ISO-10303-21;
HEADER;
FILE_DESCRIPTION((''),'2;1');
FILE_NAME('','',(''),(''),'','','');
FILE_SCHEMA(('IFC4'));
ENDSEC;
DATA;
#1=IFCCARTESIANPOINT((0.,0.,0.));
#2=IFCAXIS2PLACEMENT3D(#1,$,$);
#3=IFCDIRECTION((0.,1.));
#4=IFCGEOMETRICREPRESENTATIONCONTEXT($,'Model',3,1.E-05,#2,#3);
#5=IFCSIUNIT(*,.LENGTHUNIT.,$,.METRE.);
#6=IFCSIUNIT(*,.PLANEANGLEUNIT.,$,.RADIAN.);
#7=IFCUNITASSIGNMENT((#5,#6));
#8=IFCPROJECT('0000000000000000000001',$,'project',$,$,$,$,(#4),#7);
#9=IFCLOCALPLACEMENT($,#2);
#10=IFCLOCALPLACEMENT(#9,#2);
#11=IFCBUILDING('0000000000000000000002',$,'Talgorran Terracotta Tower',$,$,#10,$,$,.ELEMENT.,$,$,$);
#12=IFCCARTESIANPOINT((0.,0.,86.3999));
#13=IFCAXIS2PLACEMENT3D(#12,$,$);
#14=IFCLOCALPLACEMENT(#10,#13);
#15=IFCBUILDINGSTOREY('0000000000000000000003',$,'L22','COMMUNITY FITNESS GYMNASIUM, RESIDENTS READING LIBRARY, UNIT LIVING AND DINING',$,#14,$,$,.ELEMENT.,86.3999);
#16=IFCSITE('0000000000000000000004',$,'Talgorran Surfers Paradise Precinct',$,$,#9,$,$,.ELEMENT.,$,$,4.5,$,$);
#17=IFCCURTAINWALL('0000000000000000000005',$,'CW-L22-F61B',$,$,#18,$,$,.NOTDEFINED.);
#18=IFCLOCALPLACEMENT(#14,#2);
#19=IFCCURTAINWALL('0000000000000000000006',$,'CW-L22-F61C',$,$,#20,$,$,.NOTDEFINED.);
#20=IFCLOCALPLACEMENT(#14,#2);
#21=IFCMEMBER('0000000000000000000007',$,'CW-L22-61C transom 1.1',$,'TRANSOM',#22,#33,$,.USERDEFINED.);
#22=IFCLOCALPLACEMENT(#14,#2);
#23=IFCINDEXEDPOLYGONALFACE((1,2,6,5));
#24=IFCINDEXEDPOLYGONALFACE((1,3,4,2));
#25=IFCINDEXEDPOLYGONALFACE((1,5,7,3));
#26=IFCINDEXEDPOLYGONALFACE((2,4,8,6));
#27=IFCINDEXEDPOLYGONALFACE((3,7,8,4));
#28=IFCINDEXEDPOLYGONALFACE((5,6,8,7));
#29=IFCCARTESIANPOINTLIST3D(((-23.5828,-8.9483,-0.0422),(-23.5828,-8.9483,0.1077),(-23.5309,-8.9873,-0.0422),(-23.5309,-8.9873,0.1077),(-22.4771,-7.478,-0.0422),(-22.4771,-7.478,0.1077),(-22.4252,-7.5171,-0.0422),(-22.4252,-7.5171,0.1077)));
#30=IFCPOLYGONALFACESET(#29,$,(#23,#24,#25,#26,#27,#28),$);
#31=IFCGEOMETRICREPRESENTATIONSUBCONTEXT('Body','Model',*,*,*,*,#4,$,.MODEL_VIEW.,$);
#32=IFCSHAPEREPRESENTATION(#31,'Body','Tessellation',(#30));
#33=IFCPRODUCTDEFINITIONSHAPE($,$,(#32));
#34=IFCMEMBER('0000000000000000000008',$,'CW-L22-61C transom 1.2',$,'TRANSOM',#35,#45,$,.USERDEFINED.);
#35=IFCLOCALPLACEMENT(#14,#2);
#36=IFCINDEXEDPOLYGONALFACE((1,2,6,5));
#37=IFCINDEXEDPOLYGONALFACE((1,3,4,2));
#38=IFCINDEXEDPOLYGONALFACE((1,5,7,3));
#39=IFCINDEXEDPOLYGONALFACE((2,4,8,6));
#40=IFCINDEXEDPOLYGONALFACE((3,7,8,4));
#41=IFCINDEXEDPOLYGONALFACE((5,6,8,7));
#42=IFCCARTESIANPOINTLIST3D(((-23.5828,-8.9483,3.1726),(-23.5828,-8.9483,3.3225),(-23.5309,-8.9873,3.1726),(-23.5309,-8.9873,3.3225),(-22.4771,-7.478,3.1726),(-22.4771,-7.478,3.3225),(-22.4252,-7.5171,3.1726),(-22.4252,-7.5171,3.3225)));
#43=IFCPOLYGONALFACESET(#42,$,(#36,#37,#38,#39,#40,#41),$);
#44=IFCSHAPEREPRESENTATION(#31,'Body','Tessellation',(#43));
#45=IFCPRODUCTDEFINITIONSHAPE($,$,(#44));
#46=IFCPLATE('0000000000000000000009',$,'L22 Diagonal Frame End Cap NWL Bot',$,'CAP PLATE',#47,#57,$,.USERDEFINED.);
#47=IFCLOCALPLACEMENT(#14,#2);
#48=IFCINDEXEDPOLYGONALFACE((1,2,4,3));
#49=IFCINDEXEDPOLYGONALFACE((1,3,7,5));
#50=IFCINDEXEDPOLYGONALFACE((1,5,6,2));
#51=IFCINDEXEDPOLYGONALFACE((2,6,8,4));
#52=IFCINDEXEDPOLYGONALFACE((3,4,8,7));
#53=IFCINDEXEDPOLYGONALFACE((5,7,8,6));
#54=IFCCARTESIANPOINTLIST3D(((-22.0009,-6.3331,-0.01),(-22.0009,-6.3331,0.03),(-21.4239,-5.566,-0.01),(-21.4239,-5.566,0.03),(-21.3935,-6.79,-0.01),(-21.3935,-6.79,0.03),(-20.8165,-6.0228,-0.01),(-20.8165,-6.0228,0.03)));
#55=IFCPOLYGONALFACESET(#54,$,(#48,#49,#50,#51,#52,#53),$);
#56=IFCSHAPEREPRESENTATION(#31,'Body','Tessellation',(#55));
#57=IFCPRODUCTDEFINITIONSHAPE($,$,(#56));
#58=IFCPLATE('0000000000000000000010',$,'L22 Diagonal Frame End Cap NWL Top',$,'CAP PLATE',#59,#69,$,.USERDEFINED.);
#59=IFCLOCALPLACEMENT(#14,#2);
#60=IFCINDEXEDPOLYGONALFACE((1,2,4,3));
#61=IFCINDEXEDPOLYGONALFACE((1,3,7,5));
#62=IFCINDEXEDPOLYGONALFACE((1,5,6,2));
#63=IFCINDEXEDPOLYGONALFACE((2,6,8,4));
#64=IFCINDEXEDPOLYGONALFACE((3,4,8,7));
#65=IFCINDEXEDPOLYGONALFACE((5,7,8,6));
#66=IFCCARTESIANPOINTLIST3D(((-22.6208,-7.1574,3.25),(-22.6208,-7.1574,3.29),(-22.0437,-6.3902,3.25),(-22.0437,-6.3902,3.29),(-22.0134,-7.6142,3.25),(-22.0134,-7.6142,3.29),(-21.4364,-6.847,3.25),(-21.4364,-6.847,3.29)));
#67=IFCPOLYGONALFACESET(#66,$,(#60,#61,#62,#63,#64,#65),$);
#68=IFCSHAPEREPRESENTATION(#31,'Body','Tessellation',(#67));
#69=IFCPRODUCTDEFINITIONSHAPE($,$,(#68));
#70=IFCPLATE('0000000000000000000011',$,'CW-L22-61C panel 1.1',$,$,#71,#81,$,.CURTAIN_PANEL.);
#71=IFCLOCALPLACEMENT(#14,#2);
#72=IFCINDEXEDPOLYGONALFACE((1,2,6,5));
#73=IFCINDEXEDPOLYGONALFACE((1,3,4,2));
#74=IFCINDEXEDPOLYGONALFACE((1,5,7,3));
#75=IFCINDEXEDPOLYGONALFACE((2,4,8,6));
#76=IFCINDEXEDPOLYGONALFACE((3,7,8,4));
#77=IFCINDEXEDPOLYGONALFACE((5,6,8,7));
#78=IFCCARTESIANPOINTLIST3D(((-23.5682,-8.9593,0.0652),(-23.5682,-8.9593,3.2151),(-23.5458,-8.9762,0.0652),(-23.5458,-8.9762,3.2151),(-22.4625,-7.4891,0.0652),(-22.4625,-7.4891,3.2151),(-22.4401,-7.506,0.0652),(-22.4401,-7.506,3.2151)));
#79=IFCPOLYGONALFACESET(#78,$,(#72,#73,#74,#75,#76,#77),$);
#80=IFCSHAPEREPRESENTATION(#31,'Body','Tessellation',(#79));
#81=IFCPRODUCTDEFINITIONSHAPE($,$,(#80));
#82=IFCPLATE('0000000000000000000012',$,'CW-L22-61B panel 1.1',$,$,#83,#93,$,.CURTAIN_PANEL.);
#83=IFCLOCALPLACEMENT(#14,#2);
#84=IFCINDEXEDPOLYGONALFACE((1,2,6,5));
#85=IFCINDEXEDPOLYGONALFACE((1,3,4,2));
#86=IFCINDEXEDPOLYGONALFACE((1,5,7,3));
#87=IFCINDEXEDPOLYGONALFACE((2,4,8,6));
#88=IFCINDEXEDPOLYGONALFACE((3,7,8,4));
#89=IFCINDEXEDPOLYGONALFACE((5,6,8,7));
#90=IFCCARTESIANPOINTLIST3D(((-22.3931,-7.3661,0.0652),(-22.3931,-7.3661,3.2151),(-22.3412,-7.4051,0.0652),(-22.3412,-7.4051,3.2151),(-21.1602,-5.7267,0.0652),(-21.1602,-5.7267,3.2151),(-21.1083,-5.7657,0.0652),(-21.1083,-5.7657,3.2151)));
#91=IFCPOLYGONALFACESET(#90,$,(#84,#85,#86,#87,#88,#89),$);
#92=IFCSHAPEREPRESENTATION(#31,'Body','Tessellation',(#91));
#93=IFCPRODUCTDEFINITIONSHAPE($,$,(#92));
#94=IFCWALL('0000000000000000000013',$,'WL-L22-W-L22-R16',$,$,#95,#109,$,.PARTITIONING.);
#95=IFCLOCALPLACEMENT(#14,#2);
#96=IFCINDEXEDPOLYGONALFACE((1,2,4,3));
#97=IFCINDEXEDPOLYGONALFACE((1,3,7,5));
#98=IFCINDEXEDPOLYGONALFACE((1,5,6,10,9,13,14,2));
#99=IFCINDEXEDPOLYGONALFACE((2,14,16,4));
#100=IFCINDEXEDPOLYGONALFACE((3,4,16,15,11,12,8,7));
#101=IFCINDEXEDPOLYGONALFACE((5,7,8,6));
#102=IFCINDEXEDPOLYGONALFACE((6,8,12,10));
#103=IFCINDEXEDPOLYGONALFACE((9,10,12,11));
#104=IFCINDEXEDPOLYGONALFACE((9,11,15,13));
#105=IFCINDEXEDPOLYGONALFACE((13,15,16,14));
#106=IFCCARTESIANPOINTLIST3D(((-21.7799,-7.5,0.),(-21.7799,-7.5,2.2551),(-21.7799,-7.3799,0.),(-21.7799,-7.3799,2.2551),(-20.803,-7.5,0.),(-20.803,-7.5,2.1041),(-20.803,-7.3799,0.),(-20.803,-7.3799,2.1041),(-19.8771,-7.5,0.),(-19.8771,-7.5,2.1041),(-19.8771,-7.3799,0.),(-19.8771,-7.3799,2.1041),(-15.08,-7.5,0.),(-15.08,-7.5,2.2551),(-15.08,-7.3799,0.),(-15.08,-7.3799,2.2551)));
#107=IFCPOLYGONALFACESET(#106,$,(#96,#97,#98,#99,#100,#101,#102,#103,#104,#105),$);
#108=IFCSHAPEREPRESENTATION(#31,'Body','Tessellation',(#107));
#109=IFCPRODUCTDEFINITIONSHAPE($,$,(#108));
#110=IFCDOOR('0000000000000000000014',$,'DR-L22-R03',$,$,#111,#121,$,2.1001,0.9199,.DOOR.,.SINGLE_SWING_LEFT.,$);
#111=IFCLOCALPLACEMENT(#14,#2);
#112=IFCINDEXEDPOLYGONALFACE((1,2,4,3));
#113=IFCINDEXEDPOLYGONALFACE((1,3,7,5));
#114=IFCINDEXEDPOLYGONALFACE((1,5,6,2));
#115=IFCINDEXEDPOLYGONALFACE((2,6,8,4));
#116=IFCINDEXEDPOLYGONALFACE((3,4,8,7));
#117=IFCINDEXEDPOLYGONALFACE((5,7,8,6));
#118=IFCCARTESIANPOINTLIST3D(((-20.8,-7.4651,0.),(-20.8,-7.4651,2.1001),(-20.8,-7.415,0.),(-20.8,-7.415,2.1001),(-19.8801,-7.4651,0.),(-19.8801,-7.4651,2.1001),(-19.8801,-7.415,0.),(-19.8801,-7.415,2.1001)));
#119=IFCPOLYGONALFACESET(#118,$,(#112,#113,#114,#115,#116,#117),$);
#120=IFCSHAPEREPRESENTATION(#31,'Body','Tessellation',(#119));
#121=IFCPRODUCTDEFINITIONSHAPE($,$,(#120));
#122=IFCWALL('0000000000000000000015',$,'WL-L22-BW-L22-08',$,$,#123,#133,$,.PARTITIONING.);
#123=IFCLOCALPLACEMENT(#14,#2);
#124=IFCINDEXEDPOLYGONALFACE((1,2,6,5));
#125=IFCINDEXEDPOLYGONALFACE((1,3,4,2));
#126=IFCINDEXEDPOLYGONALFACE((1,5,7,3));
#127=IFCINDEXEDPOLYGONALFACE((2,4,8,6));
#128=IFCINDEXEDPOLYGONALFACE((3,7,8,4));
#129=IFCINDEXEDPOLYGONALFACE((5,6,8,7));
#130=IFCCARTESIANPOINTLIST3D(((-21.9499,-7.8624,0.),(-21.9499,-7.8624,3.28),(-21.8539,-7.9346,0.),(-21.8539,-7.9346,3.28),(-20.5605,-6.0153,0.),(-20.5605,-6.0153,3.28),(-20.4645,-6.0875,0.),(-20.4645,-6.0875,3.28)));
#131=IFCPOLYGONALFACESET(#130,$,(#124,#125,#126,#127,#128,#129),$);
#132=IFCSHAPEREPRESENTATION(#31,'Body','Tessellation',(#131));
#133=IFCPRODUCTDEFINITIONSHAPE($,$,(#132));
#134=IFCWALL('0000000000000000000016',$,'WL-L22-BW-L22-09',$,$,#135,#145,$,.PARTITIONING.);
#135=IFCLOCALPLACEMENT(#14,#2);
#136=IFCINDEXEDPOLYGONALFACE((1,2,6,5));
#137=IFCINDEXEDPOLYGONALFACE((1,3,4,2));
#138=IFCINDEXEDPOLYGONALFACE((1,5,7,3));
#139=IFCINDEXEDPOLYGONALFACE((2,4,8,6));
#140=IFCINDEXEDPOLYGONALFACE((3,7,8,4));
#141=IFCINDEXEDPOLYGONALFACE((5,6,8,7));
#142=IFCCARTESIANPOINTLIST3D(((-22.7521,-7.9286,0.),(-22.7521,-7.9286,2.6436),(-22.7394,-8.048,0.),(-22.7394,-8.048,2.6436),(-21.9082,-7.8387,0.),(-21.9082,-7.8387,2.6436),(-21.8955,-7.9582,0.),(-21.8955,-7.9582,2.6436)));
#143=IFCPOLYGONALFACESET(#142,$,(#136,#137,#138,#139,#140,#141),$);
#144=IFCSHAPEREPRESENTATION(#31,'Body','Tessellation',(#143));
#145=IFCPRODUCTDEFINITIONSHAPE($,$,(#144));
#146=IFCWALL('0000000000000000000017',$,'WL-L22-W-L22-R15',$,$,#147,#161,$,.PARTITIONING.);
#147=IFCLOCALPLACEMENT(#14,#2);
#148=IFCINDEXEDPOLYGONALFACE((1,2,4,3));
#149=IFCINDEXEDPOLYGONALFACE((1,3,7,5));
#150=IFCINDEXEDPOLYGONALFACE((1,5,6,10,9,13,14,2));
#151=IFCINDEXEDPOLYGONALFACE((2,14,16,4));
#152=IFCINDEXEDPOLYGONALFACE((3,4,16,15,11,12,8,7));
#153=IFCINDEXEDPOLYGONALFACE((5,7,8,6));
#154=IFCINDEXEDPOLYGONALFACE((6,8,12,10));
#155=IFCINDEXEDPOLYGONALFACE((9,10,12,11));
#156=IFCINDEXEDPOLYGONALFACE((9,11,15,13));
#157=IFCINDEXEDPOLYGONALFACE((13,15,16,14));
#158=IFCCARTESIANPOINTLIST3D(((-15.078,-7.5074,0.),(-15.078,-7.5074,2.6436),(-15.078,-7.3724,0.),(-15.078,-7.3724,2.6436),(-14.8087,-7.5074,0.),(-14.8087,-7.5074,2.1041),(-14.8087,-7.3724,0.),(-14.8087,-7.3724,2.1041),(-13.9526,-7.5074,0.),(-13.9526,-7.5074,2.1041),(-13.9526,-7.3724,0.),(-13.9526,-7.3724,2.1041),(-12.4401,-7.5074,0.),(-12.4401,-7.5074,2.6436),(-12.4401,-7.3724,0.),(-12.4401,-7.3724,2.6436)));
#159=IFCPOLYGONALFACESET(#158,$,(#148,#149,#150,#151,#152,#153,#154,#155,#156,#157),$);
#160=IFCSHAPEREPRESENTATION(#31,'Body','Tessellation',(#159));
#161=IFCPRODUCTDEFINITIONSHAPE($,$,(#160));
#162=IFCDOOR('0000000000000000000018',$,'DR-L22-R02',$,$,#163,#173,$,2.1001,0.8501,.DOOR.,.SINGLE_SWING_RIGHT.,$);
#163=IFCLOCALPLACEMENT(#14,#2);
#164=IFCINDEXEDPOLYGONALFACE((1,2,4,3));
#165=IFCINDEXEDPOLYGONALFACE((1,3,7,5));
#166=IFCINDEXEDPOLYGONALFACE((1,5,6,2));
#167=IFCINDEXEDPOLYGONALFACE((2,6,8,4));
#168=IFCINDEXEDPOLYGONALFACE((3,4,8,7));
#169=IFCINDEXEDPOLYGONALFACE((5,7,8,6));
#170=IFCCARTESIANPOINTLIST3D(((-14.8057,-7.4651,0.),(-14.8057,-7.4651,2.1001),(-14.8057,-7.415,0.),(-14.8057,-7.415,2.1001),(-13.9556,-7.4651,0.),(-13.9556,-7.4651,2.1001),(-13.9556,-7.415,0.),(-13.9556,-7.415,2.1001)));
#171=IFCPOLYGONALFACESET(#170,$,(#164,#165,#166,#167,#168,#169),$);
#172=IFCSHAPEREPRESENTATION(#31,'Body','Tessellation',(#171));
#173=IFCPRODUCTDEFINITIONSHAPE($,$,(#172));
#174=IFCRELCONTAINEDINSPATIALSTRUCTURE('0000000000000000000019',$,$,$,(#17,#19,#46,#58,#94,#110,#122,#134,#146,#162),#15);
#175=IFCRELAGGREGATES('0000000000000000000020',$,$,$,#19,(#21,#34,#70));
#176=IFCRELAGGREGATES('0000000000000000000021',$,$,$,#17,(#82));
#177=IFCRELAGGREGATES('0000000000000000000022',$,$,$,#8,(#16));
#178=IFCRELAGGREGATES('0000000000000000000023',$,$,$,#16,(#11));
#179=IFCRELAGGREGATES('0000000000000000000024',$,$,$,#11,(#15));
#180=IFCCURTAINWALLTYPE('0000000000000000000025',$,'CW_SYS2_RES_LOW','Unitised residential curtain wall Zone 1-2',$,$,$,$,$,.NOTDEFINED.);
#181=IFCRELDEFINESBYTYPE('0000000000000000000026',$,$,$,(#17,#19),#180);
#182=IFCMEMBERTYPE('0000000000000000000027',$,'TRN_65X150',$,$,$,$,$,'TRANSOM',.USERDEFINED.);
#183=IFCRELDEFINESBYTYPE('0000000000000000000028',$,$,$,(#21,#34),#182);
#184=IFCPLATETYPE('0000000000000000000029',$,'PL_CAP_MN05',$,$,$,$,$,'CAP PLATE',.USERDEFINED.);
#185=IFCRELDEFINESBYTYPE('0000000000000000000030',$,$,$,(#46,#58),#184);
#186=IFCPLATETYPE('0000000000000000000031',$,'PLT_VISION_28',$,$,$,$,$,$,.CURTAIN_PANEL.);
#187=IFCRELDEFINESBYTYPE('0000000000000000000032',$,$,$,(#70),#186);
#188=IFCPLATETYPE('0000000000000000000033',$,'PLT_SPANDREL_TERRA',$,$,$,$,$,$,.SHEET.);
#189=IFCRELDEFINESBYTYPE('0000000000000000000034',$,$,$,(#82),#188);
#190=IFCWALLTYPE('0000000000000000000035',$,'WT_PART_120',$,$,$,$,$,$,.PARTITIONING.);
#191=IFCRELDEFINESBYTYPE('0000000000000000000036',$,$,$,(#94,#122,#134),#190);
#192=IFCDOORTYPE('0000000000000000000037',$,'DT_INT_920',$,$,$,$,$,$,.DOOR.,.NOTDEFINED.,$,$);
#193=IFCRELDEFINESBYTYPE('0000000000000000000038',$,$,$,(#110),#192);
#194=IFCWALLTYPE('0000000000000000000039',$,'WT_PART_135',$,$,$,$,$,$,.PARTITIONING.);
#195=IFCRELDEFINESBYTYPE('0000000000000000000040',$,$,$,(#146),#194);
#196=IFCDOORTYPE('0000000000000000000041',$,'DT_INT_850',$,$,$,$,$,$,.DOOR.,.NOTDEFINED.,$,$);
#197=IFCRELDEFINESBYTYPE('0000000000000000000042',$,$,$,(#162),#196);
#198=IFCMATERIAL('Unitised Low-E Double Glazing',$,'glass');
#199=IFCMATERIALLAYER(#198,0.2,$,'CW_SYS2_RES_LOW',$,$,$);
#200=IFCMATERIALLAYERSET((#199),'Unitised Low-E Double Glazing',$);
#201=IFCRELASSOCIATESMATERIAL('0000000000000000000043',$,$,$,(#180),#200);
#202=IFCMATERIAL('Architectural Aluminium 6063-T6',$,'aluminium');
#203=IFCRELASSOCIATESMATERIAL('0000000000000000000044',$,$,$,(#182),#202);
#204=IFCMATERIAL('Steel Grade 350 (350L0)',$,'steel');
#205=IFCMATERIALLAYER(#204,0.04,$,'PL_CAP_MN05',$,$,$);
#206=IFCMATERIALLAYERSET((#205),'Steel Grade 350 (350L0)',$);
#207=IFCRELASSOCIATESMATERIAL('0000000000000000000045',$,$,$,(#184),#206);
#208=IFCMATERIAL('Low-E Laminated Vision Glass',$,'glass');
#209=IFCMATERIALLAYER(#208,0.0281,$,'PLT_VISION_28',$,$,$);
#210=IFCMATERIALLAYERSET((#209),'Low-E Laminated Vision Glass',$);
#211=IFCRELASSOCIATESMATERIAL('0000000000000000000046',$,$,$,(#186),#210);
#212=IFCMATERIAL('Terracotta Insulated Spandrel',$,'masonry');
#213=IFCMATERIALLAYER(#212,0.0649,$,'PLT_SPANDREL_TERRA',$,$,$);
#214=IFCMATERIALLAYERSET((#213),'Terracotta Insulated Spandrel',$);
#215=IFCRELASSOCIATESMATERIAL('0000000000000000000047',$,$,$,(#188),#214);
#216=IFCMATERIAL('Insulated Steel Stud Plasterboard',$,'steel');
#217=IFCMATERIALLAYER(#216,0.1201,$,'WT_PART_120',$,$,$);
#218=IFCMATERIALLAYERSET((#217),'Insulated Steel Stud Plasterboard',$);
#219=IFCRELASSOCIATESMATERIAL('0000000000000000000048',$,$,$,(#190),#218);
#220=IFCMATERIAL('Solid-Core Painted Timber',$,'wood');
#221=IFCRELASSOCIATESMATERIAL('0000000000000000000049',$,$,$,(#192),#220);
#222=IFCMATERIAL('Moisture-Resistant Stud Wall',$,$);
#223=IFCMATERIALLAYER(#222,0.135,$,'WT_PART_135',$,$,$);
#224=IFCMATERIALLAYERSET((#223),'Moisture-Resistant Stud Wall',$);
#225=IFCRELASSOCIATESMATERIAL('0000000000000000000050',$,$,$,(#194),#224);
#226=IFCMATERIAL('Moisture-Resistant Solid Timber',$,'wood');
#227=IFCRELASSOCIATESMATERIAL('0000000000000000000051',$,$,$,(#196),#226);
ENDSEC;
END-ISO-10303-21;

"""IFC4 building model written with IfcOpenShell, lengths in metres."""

from ifc_helpers import new_model, si_unit, direction, frame, frame_2d, origin, origin_2d, place, context, subcontext, project, spatial, rectangle, extrude, source, transform, mapped, material, layer, layer_set, material_profile, profile_set, type_object, type_shapes, element, fill, aggregate, save


model = new_model("IFC4")

# Units and contexts
model_context = context("Model", 3, precision=1e-05, world=origin(), true_north=direction((0.0, 1.0)))
body_context = subcontext(model_context, "Body", "Model", "MODEL_VIEW")
ifc_project = project(units=[si_unit("LENGTHUNIT", "METRE"), si_unit("PLANEANGLEUNIT", "RADIAN")], contexts=[model_context])

# Site, building, storey
site_placement = place(None, origin())
site = spatial("IfcSite", under=ifc_project, at=site_placement, Name="Talgorran Surfers Paradise Precinct", CompositionType="ELEMENT", RefElevation=4.5)
building_placement = place(site_placement, origin())
building = spatial("IfcBuilding", under=site, at=building_placement, Name="Talgorran Terracotta Tower", CompositionType="ELEMENT")
storey_placement = place(building_placement, frame((0.0, 0.0, 86.3999)))
storey = spatial("IfcBuildingStorey", under=building, at=storey_placement, Name="L22", Description="COMMUNITY FITNESS GYMNASIUM, RESIDENTS READING LIBRARY, UNIT LIVING AND DINING", CompositionType="ELEMENT", Elevation=86.3999)

# Shared definitions
ifc_material_1 = material(Name="Steel Grade 350 (350L0)", Category="steel")

# Shared definitions
ifc_material_2 = material(Name="Unitised Low-E Double Glazing", Category="glass")
ifc_layer_1 = layer(ifc_material_2, 0.2, Name="CW_SYS2_RES_LOW")
ifc_layer_set_1 = layer_set([ifc_layer_1], Name="Unitised Low-E Double Glazing")
curtain_wall_type = type_object("IfcCurtainWallType", Name="CW_SYS2_RES_LOW", Description="Unitised residential curtain wall Zone 1-2", PredefinedType="NOTDEFINED", material=ifc_layer_set_1)
ifc_material_3 = material(Name="Architectural Aluminium 6063-T6", Category="aluminium")

# Curtain walls
curtain_wall_1_placement = place(storey_placement, origin())
curtain_wall_1 = element("IfcCurtainWall", 1, at=curtain_wall_1_placement, inside=storey, type_object=curtain_wall_type, Name="CW-L22-F61B", PredefinedType="NOTDEFINED")
curtain_wall_2_placement = place(storey_placement, origin())
curtain_wall_2 = element("IfcCurtainWall", 2, at=curtain_wall_2_placement, inside=storey, type_object=curtain_wall_type, Name="CW-L22-F61C", PredefinedType="NOTDEFINED")

# Members
ifc_material_profile_1 = material_profile(ifc_material_3, rectangle(XDim=0.0649, YDim=0.1499, at=origin_2d()), Name="CWT65X150")
ifc_profile_set_1 = profile_set([ifc_material_profile_1], Name="Architectural Aluminium 6063-T6")
member_type_1 = type_object("IfcMemberType", Name="TRN_65X150", ElementType="TRANSOM", PredefinedType="USERDEFINED", material=ifc_profile_set_1)
member_1_placement = place(storey_placement, frame((-22.4512, -7.4976, 0.0327), z_axis=(-0.601061, -0.799203, 0.0), x_axis=(0.799203, -0.601061, 0.0)))
member_1 = element("IfcMember", 3, at=member_1_placement, type_object=member_type_1, Name="CW-L22-61C transom 1.1", ObjectType="TRANSOM", PredefinedType="USERDEFINED", context=body_context, shape_type="SweptSolid", body=[
    extrude(rectangle(XDim=0.0649, YDim=0.1499, at=origin_2d()), origin(), (0.0, 0.0, 1.0), 1.8396),
])
member_2_placement = place(storey_placement, frame((-22.4512, -7.4976, 3.2476), z_axis=(-0.601061, -0.799203, 0.0), x_axis=(0.799203, -0.601061, 0.0)))
member_2 = element("IfcMember", 4, at=member_2_placement, type_object=member_type_1, Name="CW-L22-61C transom 1.2", ObjectType="TRANSOM", PredefinedType="USERDEFINED", context=body_context, shape_type="SweptSolid", body=[
    extrude(rectangle(XDim=0.0649, YDim=0.1499, at=origin_2d()), origin(), (0.0, 0.0, 1.0), 1.8396),
])

# Plates
ifc_layer_2 = layer(ifc_material_1, 0.04, Name="PL_CAP_MN05")
ifc_layer_set_2 = layer_set([ifc_layer_2], Name="Steel Grade 350 (350L0)")
plate_type_1 = type_object("IfcPlateType", Name="PL_CAP_MN05", ElementType="CAP PLATE", PredefinedType="USERDEFINED", material=ifc_layer_set_2)
for number, where, z_axis, x_axis, name in (
    (5, (-21.4087, -6.178, -0.01), (0.0, 0.0, 1.0), (-0.601118, -0.79916, 0.0), "L22 Diagonal Frame End Cap NWL Bot"),
    (6, (-22.0286, -7.0022, 3.25), (0.0, 0.0, 1.0), (-0.601118, -0.79916, 0.0), "L22 Diagonal Frame End Cap NWL Top"),
):
    element("IfcPlate", number, at=place(storey_placement, frame(where, z_axis=z_axis, x_axis=x_axis)), inside=storey, type_object=plate_type_1, Name=name, ObjectType="CAP PLATE", PredefinedType="USERDEFINED", context=body_context, shape_type="SweptSolid", body=[
        extrude(rectangle(XDim=0.96, YDim=0.76, at=origin_2d()), origin(), (0.0, 0.0, 1.0), 0.04),
    ])

# Plates
ifc_material_4 = material(Name="Low-E Laminated Vision Glass", Category="glass")
ifc_layer_3 = layer(ifc_material_4, 0.0281, Name="PLT_VISION_28")
ifc_layer_set_3 = layer_set([ifc_layer_3], Name="Low-E Laminated Vision Glass")
plate_type_2 = type_object("IfcPlateType", Name="PLT_VISION_28", PredefinedType="CURTAIN_PANEL", material=ifc_layer_set_3)
shared_shape_1 = source(origin(), body_context, "Body", "SweptSolid", [
    extrude(rectangle(XDim=1.8396, YDim=0.0281, at=origin_2d()), origin(), (0.0, 0.0, 1.0), 3.1499),
])
type_shapes(plate_type_2, [shared_shape_1])
plate_1_placement = place(storey_placement, frame((-23.0042, -8.2327, 0.0652), z_axis=(0.0, 0.0, 1.0), x_axis=(-0.601047, -0.799213, 0.0)))
plate_1 = element("IfcPlate", 7, at=plate_1_placement, type_object=plate_type_2, Name="CW-L22-61C panel 1.1", PredefinedType="CURTAIN_PANEL", context=body_context, shape_type="MappedRepresentation", body=[
    mapped(shared_shape_1, transform((0.0, 0.0, 0.0), scale=1.0)),
])
aggregate(curtain_wall_2, [member_1, member_2, plate_1])
ifc_material_5 = material(Name="Terracotta Insulated Spandrel", Category="masonry")
ifc_layer_4 = layer(ifc_material_5, 0.0649, Name="PLT_SPANDREL_TERRA")
ifc_layer_set_4 = layer_set([ifc_layer_4], Name="Terracotta Insulated Spandrel")
plate_type_3 = type_object("IfcPlateType", Name="PLT_SPANDREL_TERRA", PredefinedType="SHEET", material=ifc_layer_set_4)
shared_shape_2 = source(origin(), body_context, "Body", "SweptSolid", [
    extrude(rectangle(XDim=2.0513, YDim=0.0649, at=origin_2d()), origin(), (0.0, 0.0, 1.0), 3.1499),
])
type_shapes(plate_type_3, [shared_shape_2])
plate_2_placement = place(storey_placement, frame((-21.7507, -6.5659, 0.0652), z_axis=(0.0, 0.0, 1.0), x_axis=(-0.601056, -0.799207, 0.0)))
plate_2 = element("IfcPlate", 8, at=plate_2_placement, type_object=plate_type_3, Name="CW-L22-61B panel 1.1", PredefinedType="CURTAIN_PANEL", context=body_context, shape_type="MappedRepresentation", body=[
    mapped(shared_shape_2, transform((0.0, 0.0, 0.0), scale=1.0)),
])
aggregate(curtain_wall_1, [plate_2])

# Wall, opening, door
ifc_material_6 = material(Name="Insulated Steel Stud Plasterboard", Category="steel")
ifc_layer_5 = layer(ifc_material_6, 0.1201, Name="WT_PART_120")
ifc_layer_set_5 = layer_set([ifc_layer_5], Name="Insulated Steel Stud Plasterboard")
wall_type_1 = type_object("IfcWallType", Name="WT_PART_120", PredefinedType="PARTITIONING", material=ifc_layer_set_5)
wall_1_placement = place(storey_placement, frame((-21.78, -7.4399, 0.0), z_axis=(0.0, 0.0, 1.0), x_axis=(1.0, 0.0, 0.0)))
wall_1 = element("IfcWall", 9, at=wall_1_placement, inside=storey, type_object=wall_type_1, Name="WL-L22-W-L22-R16", PredefinedType="PARTITIONING", context=body_context, shape_type="SweptSolid", body=[
    extrude(rectangle(XDim=6.7, YDim=0.1201, at=frame_2d((3.3501, 0.0))), origin(), (0.0, 0.0, 1.0), 2.2551),
])
opening_1_placement = place(wall_1_placement, frame((0.98, 0.0, 0.0)))
opening_1 = element("IfcOpeningElement", 10, at=opening_1_placement, cuts=wall_1, PredefinedType="OPENING", context=body_context, shape_type="SweptSolid", body=[
    extrude(rectangle(XDim=0.9259, YDim=2.1041, at=frame_2d((0.46, 1.052))), frame((0.0, 0.0701, 0.0), z_axis=(0.0, -1.0, 0.0), x_axis=(1.0, 0.0, 0.0)), (0.0, 0.0, 1.0), 0.1401),
])
ifc_material_7 = material(Name="Solid-Core Painted Timber", Category="wood")
door_type_1 = type_object("IfcDoorType", Name="DT_INT_920", OperationType="NOTDEFINED", PredefinedType="DOOR", material=ifc_material_7)
door_1_placement = place(opening_1_placement, origin())
door_1 = element("IfcDoor", 11, at=door_1_placement, inside=storey, type_object=door_type_1, Name="DR-L22-R03", OperationType="SINGLE_SWING_LEFT", OverallHeight=2.1001, OverallWidth=0.9199, PredefinedType="DOOR", context=body_context, shape_type="SweptSolid", body=[
    extrude(rectangle(XDim=0.9199, YDim=2.1001, at=frame_2d((0.46, 1.05))), frame((0.0, 0.0249, 0.0), z_axis=(0.0, -1.0, 0.0), x_axis=(1.0, 0.0, 0.0)), (0.0, 0.0, 1.0), 0.05),
])
fill(opening_1, door_1)

# Walls
wall_2_placement = place(storey_placement, frame((-20.5125, -6.0513, 0.0), z_axis=(0.0, 0.0, 1.0), x_axis=(-0.601115, -0.799163, 0.0)))
element("IfcWall", 12, at=wall_2_placement, inside=storey, type_object=wall_type_1, Name="WL-L22-BW-L22-08", PredefinedType="PARTITIONING", context=body_context, shape_type="SweptSolid", body=[
    extrude(rectangle(XDim=2.3113, YDim=0.1201, at=frame_2d((1.1558, 0.0))), origin(), (0.0, 0.0, 1.0), 3.28),
])
wall_3_placement = place(storey_placement, frame((-21.9019, -7.8984, 0.0), z_axis=(0.0, 0.0, 1.0), x_axis=(-0.994379, -0.105883, 0.0)))
element("IfcWall", 13, at=wall_3_placement, inside=storey, type_object=wall_type_1, Name="WL-L22-BW-L22-09", PredefinedType="PARTITIONING", context=body_context, shape_type="SweptSolid", body=[
    extrude(rectangle(XDim=0.8486, YDim=0.1201, at=frame_2d((0.4243, 0.0))), origin(), (0.0, 0.0, 1.0), 2.6436),
])

# Wall, opening, door
ifc_material_8 = material(Name="Moisture-Resistant Stud Wall")
ifc_layer_6 = layer(ifc_material_8, 0.135, Name="WT_PART_135")
ifc_layer_set_6 = layer_set([ifc_layer_6], Name="Moisture-Resistant Stud Wall")
wall_type_2 = type_object("IfcWallType", Name="WT_PART_135", PredefinedType="PARTITIONING", material=ifc_layer_set_6)
wall_4_placement = place(storey_placement, frame((-15.0779, -7.4399, 0.0), z_axis=(0.0, 0.0, 1.0), x_axis=(1.0, 0.0, 0.0)))
wall_4 = element("IfcWall", 14, at=wall_4_placement, inside=storey, type_object=wall_type_2, Name="WL-L22-W-L22-R15", PredefinedType="PARTITIONING", context=body_context, shape_type="SweptSolid", body=[
    extrude(rectangle(XDim=2.6379, YDim=0.135, at=frame_2d((1.3188, 0.0))), origin(), (0.0, 0.0, 1.0), 2.6436),
])
opening_2_placement = place(wall_4_placement, frame((0.2722, 0.0, 0.0)))
opening_2 = element("IfcOpeningElement", 15, at=opening_2_placement, cuts=wall_4, PredefinedType="OPENING", context=body_context, shape_type="SweptSolid", body=[
    extrude(rectangle(XDim=0.8561, YDim=2.1041, at=frame_2d((0.425, 1.052))), frame((0.0, 0.0776, 0.0), z_axis=(0.0, -1.0, 0.0), x_axis=(1.0, 0.0, 0.0)), (0.0, 0.0, 1.0), 0.155),
])
ifc_material_9 = material(Name="Moisture-Resistant Solid Timber", Category="wood")
door_type_2 = type_object("IfcDoorType", Name="DT_INT_850", OperationType="NOTDEFINED", PredefinedType="DOOR", material=ifc_material_9)
door_2_placement = place(opening_2_placement, origin())
door_2 = element("IfcDoor", 16, at=door_2_placement, inside=storey, type_object=door_type_2, Name="DR-L22-R02", OperationType="SINGLE_SWING_RIGHT", OverallHeight=2.1001, OverallWidth=0.8501, PredefinedType="DOOR", context=body_context, shape_type="SweptSolid", body=[
    extrude(rectangle(XDim=0.8501, YDim=2.1001, at=frame_2d((0.425, 1.05))), frame((0.0, 0.0249, 0.0), z_axis=(0.0, -1.0, 0.0), x_axis=(1.0, 0.0, 0.0)), (0.0, 0.0, 1.0), 0.05),
])
fill(opening_2, door_2)

save(model, "model.ifc")
